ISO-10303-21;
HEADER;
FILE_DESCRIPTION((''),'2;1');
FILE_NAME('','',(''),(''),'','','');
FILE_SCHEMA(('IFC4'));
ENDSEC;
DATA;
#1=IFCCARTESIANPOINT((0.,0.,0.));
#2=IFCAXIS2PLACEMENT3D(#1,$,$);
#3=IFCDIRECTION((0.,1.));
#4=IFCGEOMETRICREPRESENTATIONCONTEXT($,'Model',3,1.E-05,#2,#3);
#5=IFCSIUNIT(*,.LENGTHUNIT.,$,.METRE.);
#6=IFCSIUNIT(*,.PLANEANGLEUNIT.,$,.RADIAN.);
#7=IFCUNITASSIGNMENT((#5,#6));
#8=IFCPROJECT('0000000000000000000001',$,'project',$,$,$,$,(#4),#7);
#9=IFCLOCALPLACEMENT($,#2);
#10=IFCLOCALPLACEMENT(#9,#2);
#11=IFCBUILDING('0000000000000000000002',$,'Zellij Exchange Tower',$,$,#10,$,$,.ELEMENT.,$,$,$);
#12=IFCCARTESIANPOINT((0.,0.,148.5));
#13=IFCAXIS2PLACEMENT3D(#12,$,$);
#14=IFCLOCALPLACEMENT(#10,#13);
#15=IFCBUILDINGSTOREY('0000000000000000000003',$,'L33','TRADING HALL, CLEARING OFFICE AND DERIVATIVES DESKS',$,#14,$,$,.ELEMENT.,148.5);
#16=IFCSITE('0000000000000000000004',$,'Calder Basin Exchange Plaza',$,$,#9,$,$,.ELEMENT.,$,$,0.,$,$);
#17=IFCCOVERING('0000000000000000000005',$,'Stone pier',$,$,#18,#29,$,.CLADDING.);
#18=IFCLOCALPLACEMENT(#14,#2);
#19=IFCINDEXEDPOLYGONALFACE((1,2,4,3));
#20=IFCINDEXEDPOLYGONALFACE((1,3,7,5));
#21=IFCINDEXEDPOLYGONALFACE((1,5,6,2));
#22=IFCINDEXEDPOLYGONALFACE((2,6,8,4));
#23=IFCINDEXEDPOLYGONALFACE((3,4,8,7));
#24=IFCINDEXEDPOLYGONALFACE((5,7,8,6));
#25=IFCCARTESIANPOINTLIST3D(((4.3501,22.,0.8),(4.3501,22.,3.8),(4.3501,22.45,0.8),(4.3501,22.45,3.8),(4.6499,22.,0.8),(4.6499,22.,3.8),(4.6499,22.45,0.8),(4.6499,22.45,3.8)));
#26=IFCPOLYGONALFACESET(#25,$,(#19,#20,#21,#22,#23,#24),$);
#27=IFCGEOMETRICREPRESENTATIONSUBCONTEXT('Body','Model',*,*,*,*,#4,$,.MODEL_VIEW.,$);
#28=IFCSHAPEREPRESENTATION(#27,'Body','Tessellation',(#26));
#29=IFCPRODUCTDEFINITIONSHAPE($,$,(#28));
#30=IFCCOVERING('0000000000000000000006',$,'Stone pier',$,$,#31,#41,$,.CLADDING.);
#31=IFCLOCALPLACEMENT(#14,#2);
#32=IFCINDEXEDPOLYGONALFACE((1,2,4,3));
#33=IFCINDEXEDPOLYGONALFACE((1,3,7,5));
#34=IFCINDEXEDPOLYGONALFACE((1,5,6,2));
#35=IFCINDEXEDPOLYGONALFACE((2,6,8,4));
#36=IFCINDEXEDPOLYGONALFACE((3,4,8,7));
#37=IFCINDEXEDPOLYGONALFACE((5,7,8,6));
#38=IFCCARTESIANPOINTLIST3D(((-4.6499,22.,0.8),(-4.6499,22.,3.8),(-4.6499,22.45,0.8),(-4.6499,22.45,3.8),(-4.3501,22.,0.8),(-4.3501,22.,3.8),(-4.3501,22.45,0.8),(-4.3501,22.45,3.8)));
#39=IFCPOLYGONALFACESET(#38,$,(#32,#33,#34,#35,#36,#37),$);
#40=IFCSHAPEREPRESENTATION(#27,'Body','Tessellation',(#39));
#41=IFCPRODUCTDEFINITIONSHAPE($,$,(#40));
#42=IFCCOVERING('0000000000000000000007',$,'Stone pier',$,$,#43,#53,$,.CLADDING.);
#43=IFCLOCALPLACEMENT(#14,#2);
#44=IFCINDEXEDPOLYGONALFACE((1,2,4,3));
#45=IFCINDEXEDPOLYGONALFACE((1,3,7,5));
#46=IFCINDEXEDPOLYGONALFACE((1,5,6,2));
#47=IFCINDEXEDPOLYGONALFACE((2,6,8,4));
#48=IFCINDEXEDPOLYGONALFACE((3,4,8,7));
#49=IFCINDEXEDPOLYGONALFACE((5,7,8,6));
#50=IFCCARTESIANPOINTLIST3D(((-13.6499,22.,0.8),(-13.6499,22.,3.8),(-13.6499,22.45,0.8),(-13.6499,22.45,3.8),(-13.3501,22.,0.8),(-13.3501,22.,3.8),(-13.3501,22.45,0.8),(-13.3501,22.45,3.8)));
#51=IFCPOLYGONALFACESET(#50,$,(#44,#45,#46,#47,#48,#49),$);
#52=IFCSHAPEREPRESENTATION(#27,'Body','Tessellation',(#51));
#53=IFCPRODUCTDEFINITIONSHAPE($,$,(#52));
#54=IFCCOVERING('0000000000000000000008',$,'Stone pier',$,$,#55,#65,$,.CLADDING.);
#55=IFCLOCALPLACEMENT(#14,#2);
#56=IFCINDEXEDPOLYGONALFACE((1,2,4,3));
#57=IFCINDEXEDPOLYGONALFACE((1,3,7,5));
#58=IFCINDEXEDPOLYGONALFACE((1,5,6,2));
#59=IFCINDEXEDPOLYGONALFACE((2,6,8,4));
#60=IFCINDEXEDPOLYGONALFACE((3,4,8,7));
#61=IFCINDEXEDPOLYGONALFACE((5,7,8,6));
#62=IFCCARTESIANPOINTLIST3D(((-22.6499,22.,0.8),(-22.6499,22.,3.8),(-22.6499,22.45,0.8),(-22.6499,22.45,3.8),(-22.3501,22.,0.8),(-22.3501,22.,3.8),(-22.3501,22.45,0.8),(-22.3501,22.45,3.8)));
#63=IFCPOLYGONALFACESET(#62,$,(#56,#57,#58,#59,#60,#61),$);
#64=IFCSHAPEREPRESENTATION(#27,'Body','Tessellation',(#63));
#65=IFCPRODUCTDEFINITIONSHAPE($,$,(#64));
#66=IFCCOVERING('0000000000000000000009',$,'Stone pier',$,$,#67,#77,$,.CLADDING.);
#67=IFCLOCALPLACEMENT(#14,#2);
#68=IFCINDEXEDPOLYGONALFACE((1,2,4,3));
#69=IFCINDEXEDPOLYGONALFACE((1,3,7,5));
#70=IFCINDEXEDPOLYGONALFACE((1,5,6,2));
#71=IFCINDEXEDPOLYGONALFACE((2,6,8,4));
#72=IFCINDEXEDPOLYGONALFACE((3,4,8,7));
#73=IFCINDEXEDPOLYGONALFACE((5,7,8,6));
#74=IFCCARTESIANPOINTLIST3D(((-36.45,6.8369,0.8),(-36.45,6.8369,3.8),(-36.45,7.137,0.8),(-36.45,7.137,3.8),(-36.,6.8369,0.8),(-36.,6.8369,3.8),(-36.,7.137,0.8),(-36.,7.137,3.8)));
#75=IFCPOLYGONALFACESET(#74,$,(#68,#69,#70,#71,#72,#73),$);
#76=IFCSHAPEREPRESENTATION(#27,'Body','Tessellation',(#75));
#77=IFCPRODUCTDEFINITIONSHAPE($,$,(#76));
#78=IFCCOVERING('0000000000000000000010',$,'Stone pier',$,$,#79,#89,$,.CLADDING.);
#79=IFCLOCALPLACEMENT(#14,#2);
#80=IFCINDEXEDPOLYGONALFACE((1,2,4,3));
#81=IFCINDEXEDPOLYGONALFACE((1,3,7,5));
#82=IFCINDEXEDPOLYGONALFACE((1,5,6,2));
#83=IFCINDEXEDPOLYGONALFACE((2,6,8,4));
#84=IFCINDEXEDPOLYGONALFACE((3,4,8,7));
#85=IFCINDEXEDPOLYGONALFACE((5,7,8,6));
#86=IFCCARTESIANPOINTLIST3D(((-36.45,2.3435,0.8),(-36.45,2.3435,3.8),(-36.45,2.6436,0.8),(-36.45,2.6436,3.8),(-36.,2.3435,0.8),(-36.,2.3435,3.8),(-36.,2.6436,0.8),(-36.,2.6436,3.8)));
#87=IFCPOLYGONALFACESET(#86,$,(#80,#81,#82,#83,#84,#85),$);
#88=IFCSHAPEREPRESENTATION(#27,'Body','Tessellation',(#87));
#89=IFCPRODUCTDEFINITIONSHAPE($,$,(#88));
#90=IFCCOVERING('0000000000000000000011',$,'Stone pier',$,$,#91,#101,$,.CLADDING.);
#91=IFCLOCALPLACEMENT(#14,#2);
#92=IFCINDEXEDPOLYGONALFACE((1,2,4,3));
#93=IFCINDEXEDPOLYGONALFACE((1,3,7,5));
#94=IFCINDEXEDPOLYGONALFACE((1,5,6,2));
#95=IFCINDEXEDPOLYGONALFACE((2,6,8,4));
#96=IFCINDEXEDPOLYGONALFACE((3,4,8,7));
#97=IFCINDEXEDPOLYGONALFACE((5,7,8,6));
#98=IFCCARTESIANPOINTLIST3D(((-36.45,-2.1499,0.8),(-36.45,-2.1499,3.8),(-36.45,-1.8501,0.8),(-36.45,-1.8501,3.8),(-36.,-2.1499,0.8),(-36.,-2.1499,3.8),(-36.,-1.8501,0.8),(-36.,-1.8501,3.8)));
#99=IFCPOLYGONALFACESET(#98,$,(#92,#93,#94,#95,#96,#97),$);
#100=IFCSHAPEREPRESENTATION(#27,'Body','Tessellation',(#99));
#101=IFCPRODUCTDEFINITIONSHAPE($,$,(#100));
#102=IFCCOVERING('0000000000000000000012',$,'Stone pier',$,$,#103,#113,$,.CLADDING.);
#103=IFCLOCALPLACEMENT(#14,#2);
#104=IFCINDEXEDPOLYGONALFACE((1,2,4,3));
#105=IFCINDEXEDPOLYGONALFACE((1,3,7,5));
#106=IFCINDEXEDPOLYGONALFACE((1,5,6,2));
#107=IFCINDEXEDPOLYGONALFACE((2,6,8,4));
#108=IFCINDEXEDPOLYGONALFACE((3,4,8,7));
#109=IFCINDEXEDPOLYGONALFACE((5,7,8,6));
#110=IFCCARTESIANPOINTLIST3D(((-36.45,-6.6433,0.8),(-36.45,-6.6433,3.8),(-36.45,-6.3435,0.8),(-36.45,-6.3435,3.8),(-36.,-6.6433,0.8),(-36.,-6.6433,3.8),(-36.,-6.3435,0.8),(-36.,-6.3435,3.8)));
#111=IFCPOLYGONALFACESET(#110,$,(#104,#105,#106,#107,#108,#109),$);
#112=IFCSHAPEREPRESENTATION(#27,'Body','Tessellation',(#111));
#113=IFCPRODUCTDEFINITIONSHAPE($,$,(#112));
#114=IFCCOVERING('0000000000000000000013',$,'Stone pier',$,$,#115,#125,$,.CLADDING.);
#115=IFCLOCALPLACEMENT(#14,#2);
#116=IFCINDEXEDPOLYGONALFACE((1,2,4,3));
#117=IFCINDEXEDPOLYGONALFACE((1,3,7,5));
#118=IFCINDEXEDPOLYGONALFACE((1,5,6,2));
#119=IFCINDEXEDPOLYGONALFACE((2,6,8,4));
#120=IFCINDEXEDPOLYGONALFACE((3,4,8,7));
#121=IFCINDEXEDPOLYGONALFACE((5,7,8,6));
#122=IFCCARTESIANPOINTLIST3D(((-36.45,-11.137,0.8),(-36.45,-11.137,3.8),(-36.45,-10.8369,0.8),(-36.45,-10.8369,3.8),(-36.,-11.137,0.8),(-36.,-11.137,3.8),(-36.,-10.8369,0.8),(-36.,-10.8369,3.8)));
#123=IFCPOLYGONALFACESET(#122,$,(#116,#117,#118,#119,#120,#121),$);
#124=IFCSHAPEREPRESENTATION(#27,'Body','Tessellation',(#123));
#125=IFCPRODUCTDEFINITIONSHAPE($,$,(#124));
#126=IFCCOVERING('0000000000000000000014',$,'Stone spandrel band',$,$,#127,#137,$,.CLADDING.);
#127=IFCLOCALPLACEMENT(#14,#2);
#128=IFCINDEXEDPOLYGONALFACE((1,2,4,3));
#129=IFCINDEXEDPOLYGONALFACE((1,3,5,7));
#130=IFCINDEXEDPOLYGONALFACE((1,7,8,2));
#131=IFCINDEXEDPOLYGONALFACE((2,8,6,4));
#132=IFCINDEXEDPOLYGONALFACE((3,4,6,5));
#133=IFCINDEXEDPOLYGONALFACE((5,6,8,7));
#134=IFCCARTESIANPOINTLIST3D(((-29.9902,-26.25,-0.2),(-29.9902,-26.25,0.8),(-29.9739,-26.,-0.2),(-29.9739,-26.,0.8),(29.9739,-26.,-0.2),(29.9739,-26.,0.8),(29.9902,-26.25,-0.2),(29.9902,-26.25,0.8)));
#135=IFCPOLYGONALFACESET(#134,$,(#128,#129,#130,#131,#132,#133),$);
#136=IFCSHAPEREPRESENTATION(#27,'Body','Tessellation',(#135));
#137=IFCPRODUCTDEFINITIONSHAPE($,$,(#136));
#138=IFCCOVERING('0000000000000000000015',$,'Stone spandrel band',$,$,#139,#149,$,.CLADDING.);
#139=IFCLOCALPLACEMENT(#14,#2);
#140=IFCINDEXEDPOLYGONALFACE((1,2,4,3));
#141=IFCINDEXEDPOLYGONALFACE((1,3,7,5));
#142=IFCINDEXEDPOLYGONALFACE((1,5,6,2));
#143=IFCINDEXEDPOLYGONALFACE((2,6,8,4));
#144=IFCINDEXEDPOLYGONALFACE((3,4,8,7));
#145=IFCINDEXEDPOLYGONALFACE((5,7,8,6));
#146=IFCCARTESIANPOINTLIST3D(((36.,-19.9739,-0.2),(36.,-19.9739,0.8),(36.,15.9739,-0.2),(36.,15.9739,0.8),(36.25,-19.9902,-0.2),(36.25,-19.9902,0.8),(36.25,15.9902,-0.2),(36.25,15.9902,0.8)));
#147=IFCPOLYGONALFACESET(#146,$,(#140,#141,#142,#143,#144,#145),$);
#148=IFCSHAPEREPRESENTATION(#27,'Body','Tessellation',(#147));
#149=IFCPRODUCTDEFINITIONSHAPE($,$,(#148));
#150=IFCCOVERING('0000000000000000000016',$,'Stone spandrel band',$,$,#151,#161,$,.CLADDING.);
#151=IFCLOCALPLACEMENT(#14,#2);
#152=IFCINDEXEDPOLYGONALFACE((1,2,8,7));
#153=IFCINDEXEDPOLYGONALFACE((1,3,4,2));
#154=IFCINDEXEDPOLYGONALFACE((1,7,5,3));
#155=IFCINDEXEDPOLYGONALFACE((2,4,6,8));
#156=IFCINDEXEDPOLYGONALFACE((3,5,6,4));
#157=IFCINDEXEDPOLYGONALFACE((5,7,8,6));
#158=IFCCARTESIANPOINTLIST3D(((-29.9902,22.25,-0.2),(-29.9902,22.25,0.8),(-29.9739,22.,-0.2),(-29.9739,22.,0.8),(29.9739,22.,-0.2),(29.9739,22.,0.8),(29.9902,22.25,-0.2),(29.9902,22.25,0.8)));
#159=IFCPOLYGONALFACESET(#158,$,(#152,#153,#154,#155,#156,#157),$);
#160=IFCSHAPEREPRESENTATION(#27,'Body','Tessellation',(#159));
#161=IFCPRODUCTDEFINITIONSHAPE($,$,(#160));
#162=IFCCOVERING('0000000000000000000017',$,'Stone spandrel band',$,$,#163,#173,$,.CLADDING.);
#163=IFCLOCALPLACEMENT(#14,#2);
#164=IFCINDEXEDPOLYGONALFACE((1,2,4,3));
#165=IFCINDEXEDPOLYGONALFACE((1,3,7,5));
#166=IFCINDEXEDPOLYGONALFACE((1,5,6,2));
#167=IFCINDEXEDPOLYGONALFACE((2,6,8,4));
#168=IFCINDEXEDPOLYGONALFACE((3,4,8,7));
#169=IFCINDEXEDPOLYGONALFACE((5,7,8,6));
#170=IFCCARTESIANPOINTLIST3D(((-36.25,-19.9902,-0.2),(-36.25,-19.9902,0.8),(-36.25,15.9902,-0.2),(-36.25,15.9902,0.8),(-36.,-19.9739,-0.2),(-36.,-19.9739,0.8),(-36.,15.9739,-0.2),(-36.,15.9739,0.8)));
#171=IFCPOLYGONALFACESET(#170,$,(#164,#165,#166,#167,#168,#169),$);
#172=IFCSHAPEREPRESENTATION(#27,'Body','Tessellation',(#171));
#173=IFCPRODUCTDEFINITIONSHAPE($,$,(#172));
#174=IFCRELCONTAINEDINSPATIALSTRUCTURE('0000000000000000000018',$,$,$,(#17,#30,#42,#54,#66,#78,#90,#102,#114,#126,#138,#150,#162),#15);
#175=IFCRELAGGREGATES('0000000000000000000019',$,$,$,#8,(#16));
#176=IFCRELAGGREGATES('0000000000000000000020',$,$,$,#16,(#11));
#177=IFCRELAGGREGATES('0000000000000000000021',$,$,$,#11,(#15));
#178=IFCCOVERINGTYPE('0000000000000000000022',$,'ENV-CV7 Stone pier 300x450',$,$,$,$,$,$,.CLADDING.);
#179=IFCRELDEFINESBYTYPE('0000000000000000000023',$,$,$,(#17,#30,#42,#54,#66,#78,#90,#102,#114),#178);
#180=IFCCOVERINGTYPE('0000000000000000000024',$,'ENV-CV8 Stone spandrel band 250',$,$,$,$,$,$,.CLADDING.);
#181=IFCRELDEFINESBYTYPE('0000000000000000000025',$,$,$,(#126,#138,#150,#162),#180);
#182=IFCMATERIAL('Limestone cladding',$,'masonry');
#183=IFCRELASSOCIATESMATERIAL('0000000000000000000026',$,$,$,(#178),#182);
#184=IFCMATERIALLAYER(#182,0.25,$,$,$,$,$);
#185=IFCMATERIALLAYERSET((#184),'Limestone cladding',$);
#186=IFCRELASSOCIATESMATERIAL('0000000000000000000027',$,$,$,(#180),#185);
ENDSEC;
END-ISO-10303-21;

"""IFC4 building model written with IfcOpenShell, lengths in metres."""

from ifc_helpers import new_model, si_unit, direction, frame, origin, place, context, subcontext, project, spatial, polyline, outline, extrude, material, layer, layer_set, type_object, element, save


model = new_model("IFC4")

# Units and contexts
model_context = context("Model", 3, precision=1e-05, world=origin(), true_north=direction((0.0, 1.0)))
body_context = subcontext(model_context, "Body", "Model", "MODEL_VIEW")
ifc_project = project(units=[si_unit("LENGTHUNIT", "METRE"), si_unit("PLANEANGLEUNIT", "RADIAN")], contexts=[model_context])

# Site, building, storey
site_placement = place(None, origin())
site = spatial("IfcSite", under=ifc_project, at=site_placement, Name="Calder Basin Exchange Plaza", CompositionType="ELEMENT", RefElevation=0.0)
building_placement = place(site_placement, origin())
building = spatial("IfcBuilding", under=site, at=building_placement, Name="Zellij Exchange Tower", CompositionType="ELEMENT")
storey_placement = place(building_placement, frame((0.0, 0.0, 148.5)))
storey = spatial("IfcBuildingStorey", under=building, at=storey_placement, Name="L33", Description="TRADING HALL, CLEARING OFFICE AND DERIVATIVES DESKS", CompositionType="ELEMENT", Elevation=148.5)

# Coverings
ifc_material_1 = material(Name="Limestone cladding", Category="masonry")
covering_type_1 = type_object("IfcCoveringType", Name="ENV-CV7 Stone pier 300x450", PredefinedType="CLADDING", material=ifc_material_1)
covering_1_placement = place(storey_placement, frame((0.0, 0.0, 0.8)))
element("IfcCovering", 1, at=covering_1_placement, inside=storey, type_object=covering_type_1, Name="Stone pier", PredefinedType="CLADDING", context=body_context, shape_type="SweptSolid", body=[
    extrude(outline(polyline([(4.6499, 22.0), (4.3501, 22.0), (4.3501, 22.45), (4.6499, 22.45), (4.6499, 22.0)])), origin(), (0.0, 0.0, 1.0), 3.0),
])
covering_2_placement = place(storey_placement, frame((0.0, 0.0, 0.8)))
element("IfcCovering", 2, at=covering_2_placement, inside=storey, type_object=covering_type_1, Name="Stone pier", PredefinedType="CLADDING", context=body_context, shape_type="SweptSolid", body=[
    extrude(outline(polyline([(-4.3501, 22.0), (-4.6499, 22.0), (-4.6499, 22.45), (-4.3501, 22.45), (-4.3501, 22.0)])), origin(), (0.0, 0.0, 1.0), 3.0),
])
covering_3_placement = place(storey_placement, frame((0.0, 0.0, 0.8)))
element("IfcCovering", 3, at=covering_3_placement, inside=storey, type_object=covering_type_1, Name="Stone pier", PredefinedType="CLADDING", context=body_context, shape_type="SweptSolid", body=[
    extrude(outline(polyline([(-13.3501, 22.0), (-13.6499, 22.0), (-13.6499, 22.45), (-13.3501, 22.45), (-13.3501, 22.0)])), origin(), (0.0, 0.0, 1.0), 3.0),
])
covering_4_placement = place(storey_placement, frame((0.0, 0.0, 0.8)))
element("IfcCovering", 4, at=covering_4_placement, inside=storey, type_object=covering_type_1, Name="Stone pier", PredefinedType="CLADDING", context=body_context, shape_type="SweptSolid", body=[
    extrude(outline(polyline([(-22.3501, 22.0), (-22.6499, 22.0), (-22.6499, 22.45), (-22.3501, 22.45), (-22.3501, 22.0)])), origin(), (0.0, 0.0, 1.0), 3.0),
])
covering_5_placement = place(storey_placement, frame((0.0, 0.0, 0.8)))
element("IfcCovering", 5, at=covering_5_placement, inside=storey, type_object=covering_type_1, Name="Stone pier", PredefinedType="CLADDING", context=body_context, shape_type="SweptSolid", body=[
    extrude(outline(polyline([(-36.0, 7.137), (-36.0, 6.8369), (-36.45, 6.8369), (-36.45, 7.137), (-36.0, 7.137)])), origin(), (0.0, 0.0, 1.0), 3.0),
])
covering_6_placement = place(storey_placement, frame((0.0, 0.0, 0.8)))
element("IfcCovering", 6, at=covering_6_placement, inside=storey, type_object=covering_type_1, Name="Stone pier", PredefinedType="CLADDING", context=body_context, shape_type="SweptSolid", body=[
    extrude(outline(polyline([(-36.0, 2.6436), (-36.0, 2.3435), (-36.45, 2.3435), (-36.45, 2.6436), (-36.0, 2.6436)])), origin(), (0.0, 0.0, 1.0), 3.0),
])
covering_7_placement = place(storey_placement, frame((0.0, 0.0, 0.8)))
element("IfcCovering", 7, at=covering_7_placement, inside=storey, type_object=covering_type_1, Name="Stone pier", PredefinedType="CLADDING", context=body_context, shape_type="SweptSolid", body=[
    extrude(outline(polyline([(-36.0, -1.8501), (-36.0, -2.1499), (-36.45, -2.1499), (-36.45, -1.8501), (-36.0, -1.8501)])), origin(), (0.0, 0.0, 1.0), 3.0),
])
covering_8_placement = place(storey_placement, frame((0.0, 0.0, 0.8)))
element("IfcCovering", 8, at=covering_8_placement, inside=storey, type_object=covering_type_1, Name="Stone pier", PredefinedType="CLADDING", context=body_context, shape_type="SweptSolid", body=[
    extrude(outline(polyline([(-36.0, -6.3435), (-36.0, -6.6433), (-36.45, -6.6433), (-36.45, -6.3435), (-36.0, -6.3435)])), origin(), (0.0, 0.0, 1.0), 3.0),
])
covering_9_placement = place(storey_placement, frame((0.0, 0.0, 0.8)))
element("IfcCovering", 9, at=covering_9_placement, inside=storey, type_object=covering_type_1, Name="Stone pier", PredefinedType="CLADDING", context=body_context, shape_type="SweptSolid", body=[
    extrude(outline(polyline([(-36.0, -10.8369), (-36.0, -11.137), (-36.45, -11.137), (-36.45, -10.8369), (-36.0, -10.8369)])), origin(), (0.0, 0.0, 1.0), 3.0),
])
ifc_layer_1 = layer(ifc_material_1, 0.25)
ifc_layer_set_1 = layer_set([ifc_layer_1], Name="Limestone cladding")
covering_type_2 = type_object("IfcCoveringType", Name="ENV-CV8 Stone spandrel band 250", PredefinedType="CLADDING", material=ifc_layer_set_1)
covering_10_placement = place(storey_placement, frame((0.0, 0.0, -0.2)))
element("IfcCovering", 10, at=covering_10_placement, inside=storey, type_object=covering_type_2, Name="Stone spandrel band", PredefinedType="CLADDING", context=body_context, shape_type="SweptSolid", body=[
    extrude(outline(polyline([(-29.9739, -26.0), (29.9739, -26.0), (29.9902, -26.25), (-29.9902, -26.25), (-29.9739, -26.0)])), origin(), (0.0, 0.0, 1.0), 1.0),
])
covering_11_placement = place(storey_placement, frame((0.0, 0.0, -0.2)))
element("IfcCovering", 11, at=covering_11_placement, inside=storey, type_object=covering_type_2, Name="Stone spandrel band", PredefinedType="CLADDING", context=body_context, shape_type="SweptSolid", body=[
    extrude(outline(polyline([(36.0, -19.9739), (36.0, 15.9739), (36.25, 15.9902), (36.25, -19.9902), (36.0, -19.9739)])), origin(), (0.0, 0.0, 1.0), 1.0),
])
covering_12_placement = place(storey_placement, frame((0.0, 0.0, -0.2)))
element("IfcCovering", 12, at=covering_12_placement, inside=storey, type_object=covering_type_2, Name="Stone spandrel band", PredefinedType="CLADDING", context=body_context, shape_type="SweptSolid", body=[
    extrude(outline(polyline([(29.9739, 22.0), (-29.9739, 22.0), (-29.9902, 22.25), (29.9902, 22.25), (29.9739, 22.0)])), origin(), (0.0, 0.0, 1.0), 1.0),
])
covering_13_placement = place(storey_placement, frame((0.0, 0.0, -0.2)))
element("IfcCovering", 13, at=covering_13_placement, inside=storey, type_object=covering_type_2, Name="Stone spandrel band", PredefinedType="CLADDING", context=body_context, shape_type="SweptSolid", body=[
    extrude(outline(polyline([(-36.0, 15.9739), (-36.0, -19.9739), (-36.25, -19.9902), (-36.25, 15.9902), (-36.0, 15.9739)])), origin(), (0.0, 0.0, 1.0), 1.0),
])

save(model, "model.ifc")
